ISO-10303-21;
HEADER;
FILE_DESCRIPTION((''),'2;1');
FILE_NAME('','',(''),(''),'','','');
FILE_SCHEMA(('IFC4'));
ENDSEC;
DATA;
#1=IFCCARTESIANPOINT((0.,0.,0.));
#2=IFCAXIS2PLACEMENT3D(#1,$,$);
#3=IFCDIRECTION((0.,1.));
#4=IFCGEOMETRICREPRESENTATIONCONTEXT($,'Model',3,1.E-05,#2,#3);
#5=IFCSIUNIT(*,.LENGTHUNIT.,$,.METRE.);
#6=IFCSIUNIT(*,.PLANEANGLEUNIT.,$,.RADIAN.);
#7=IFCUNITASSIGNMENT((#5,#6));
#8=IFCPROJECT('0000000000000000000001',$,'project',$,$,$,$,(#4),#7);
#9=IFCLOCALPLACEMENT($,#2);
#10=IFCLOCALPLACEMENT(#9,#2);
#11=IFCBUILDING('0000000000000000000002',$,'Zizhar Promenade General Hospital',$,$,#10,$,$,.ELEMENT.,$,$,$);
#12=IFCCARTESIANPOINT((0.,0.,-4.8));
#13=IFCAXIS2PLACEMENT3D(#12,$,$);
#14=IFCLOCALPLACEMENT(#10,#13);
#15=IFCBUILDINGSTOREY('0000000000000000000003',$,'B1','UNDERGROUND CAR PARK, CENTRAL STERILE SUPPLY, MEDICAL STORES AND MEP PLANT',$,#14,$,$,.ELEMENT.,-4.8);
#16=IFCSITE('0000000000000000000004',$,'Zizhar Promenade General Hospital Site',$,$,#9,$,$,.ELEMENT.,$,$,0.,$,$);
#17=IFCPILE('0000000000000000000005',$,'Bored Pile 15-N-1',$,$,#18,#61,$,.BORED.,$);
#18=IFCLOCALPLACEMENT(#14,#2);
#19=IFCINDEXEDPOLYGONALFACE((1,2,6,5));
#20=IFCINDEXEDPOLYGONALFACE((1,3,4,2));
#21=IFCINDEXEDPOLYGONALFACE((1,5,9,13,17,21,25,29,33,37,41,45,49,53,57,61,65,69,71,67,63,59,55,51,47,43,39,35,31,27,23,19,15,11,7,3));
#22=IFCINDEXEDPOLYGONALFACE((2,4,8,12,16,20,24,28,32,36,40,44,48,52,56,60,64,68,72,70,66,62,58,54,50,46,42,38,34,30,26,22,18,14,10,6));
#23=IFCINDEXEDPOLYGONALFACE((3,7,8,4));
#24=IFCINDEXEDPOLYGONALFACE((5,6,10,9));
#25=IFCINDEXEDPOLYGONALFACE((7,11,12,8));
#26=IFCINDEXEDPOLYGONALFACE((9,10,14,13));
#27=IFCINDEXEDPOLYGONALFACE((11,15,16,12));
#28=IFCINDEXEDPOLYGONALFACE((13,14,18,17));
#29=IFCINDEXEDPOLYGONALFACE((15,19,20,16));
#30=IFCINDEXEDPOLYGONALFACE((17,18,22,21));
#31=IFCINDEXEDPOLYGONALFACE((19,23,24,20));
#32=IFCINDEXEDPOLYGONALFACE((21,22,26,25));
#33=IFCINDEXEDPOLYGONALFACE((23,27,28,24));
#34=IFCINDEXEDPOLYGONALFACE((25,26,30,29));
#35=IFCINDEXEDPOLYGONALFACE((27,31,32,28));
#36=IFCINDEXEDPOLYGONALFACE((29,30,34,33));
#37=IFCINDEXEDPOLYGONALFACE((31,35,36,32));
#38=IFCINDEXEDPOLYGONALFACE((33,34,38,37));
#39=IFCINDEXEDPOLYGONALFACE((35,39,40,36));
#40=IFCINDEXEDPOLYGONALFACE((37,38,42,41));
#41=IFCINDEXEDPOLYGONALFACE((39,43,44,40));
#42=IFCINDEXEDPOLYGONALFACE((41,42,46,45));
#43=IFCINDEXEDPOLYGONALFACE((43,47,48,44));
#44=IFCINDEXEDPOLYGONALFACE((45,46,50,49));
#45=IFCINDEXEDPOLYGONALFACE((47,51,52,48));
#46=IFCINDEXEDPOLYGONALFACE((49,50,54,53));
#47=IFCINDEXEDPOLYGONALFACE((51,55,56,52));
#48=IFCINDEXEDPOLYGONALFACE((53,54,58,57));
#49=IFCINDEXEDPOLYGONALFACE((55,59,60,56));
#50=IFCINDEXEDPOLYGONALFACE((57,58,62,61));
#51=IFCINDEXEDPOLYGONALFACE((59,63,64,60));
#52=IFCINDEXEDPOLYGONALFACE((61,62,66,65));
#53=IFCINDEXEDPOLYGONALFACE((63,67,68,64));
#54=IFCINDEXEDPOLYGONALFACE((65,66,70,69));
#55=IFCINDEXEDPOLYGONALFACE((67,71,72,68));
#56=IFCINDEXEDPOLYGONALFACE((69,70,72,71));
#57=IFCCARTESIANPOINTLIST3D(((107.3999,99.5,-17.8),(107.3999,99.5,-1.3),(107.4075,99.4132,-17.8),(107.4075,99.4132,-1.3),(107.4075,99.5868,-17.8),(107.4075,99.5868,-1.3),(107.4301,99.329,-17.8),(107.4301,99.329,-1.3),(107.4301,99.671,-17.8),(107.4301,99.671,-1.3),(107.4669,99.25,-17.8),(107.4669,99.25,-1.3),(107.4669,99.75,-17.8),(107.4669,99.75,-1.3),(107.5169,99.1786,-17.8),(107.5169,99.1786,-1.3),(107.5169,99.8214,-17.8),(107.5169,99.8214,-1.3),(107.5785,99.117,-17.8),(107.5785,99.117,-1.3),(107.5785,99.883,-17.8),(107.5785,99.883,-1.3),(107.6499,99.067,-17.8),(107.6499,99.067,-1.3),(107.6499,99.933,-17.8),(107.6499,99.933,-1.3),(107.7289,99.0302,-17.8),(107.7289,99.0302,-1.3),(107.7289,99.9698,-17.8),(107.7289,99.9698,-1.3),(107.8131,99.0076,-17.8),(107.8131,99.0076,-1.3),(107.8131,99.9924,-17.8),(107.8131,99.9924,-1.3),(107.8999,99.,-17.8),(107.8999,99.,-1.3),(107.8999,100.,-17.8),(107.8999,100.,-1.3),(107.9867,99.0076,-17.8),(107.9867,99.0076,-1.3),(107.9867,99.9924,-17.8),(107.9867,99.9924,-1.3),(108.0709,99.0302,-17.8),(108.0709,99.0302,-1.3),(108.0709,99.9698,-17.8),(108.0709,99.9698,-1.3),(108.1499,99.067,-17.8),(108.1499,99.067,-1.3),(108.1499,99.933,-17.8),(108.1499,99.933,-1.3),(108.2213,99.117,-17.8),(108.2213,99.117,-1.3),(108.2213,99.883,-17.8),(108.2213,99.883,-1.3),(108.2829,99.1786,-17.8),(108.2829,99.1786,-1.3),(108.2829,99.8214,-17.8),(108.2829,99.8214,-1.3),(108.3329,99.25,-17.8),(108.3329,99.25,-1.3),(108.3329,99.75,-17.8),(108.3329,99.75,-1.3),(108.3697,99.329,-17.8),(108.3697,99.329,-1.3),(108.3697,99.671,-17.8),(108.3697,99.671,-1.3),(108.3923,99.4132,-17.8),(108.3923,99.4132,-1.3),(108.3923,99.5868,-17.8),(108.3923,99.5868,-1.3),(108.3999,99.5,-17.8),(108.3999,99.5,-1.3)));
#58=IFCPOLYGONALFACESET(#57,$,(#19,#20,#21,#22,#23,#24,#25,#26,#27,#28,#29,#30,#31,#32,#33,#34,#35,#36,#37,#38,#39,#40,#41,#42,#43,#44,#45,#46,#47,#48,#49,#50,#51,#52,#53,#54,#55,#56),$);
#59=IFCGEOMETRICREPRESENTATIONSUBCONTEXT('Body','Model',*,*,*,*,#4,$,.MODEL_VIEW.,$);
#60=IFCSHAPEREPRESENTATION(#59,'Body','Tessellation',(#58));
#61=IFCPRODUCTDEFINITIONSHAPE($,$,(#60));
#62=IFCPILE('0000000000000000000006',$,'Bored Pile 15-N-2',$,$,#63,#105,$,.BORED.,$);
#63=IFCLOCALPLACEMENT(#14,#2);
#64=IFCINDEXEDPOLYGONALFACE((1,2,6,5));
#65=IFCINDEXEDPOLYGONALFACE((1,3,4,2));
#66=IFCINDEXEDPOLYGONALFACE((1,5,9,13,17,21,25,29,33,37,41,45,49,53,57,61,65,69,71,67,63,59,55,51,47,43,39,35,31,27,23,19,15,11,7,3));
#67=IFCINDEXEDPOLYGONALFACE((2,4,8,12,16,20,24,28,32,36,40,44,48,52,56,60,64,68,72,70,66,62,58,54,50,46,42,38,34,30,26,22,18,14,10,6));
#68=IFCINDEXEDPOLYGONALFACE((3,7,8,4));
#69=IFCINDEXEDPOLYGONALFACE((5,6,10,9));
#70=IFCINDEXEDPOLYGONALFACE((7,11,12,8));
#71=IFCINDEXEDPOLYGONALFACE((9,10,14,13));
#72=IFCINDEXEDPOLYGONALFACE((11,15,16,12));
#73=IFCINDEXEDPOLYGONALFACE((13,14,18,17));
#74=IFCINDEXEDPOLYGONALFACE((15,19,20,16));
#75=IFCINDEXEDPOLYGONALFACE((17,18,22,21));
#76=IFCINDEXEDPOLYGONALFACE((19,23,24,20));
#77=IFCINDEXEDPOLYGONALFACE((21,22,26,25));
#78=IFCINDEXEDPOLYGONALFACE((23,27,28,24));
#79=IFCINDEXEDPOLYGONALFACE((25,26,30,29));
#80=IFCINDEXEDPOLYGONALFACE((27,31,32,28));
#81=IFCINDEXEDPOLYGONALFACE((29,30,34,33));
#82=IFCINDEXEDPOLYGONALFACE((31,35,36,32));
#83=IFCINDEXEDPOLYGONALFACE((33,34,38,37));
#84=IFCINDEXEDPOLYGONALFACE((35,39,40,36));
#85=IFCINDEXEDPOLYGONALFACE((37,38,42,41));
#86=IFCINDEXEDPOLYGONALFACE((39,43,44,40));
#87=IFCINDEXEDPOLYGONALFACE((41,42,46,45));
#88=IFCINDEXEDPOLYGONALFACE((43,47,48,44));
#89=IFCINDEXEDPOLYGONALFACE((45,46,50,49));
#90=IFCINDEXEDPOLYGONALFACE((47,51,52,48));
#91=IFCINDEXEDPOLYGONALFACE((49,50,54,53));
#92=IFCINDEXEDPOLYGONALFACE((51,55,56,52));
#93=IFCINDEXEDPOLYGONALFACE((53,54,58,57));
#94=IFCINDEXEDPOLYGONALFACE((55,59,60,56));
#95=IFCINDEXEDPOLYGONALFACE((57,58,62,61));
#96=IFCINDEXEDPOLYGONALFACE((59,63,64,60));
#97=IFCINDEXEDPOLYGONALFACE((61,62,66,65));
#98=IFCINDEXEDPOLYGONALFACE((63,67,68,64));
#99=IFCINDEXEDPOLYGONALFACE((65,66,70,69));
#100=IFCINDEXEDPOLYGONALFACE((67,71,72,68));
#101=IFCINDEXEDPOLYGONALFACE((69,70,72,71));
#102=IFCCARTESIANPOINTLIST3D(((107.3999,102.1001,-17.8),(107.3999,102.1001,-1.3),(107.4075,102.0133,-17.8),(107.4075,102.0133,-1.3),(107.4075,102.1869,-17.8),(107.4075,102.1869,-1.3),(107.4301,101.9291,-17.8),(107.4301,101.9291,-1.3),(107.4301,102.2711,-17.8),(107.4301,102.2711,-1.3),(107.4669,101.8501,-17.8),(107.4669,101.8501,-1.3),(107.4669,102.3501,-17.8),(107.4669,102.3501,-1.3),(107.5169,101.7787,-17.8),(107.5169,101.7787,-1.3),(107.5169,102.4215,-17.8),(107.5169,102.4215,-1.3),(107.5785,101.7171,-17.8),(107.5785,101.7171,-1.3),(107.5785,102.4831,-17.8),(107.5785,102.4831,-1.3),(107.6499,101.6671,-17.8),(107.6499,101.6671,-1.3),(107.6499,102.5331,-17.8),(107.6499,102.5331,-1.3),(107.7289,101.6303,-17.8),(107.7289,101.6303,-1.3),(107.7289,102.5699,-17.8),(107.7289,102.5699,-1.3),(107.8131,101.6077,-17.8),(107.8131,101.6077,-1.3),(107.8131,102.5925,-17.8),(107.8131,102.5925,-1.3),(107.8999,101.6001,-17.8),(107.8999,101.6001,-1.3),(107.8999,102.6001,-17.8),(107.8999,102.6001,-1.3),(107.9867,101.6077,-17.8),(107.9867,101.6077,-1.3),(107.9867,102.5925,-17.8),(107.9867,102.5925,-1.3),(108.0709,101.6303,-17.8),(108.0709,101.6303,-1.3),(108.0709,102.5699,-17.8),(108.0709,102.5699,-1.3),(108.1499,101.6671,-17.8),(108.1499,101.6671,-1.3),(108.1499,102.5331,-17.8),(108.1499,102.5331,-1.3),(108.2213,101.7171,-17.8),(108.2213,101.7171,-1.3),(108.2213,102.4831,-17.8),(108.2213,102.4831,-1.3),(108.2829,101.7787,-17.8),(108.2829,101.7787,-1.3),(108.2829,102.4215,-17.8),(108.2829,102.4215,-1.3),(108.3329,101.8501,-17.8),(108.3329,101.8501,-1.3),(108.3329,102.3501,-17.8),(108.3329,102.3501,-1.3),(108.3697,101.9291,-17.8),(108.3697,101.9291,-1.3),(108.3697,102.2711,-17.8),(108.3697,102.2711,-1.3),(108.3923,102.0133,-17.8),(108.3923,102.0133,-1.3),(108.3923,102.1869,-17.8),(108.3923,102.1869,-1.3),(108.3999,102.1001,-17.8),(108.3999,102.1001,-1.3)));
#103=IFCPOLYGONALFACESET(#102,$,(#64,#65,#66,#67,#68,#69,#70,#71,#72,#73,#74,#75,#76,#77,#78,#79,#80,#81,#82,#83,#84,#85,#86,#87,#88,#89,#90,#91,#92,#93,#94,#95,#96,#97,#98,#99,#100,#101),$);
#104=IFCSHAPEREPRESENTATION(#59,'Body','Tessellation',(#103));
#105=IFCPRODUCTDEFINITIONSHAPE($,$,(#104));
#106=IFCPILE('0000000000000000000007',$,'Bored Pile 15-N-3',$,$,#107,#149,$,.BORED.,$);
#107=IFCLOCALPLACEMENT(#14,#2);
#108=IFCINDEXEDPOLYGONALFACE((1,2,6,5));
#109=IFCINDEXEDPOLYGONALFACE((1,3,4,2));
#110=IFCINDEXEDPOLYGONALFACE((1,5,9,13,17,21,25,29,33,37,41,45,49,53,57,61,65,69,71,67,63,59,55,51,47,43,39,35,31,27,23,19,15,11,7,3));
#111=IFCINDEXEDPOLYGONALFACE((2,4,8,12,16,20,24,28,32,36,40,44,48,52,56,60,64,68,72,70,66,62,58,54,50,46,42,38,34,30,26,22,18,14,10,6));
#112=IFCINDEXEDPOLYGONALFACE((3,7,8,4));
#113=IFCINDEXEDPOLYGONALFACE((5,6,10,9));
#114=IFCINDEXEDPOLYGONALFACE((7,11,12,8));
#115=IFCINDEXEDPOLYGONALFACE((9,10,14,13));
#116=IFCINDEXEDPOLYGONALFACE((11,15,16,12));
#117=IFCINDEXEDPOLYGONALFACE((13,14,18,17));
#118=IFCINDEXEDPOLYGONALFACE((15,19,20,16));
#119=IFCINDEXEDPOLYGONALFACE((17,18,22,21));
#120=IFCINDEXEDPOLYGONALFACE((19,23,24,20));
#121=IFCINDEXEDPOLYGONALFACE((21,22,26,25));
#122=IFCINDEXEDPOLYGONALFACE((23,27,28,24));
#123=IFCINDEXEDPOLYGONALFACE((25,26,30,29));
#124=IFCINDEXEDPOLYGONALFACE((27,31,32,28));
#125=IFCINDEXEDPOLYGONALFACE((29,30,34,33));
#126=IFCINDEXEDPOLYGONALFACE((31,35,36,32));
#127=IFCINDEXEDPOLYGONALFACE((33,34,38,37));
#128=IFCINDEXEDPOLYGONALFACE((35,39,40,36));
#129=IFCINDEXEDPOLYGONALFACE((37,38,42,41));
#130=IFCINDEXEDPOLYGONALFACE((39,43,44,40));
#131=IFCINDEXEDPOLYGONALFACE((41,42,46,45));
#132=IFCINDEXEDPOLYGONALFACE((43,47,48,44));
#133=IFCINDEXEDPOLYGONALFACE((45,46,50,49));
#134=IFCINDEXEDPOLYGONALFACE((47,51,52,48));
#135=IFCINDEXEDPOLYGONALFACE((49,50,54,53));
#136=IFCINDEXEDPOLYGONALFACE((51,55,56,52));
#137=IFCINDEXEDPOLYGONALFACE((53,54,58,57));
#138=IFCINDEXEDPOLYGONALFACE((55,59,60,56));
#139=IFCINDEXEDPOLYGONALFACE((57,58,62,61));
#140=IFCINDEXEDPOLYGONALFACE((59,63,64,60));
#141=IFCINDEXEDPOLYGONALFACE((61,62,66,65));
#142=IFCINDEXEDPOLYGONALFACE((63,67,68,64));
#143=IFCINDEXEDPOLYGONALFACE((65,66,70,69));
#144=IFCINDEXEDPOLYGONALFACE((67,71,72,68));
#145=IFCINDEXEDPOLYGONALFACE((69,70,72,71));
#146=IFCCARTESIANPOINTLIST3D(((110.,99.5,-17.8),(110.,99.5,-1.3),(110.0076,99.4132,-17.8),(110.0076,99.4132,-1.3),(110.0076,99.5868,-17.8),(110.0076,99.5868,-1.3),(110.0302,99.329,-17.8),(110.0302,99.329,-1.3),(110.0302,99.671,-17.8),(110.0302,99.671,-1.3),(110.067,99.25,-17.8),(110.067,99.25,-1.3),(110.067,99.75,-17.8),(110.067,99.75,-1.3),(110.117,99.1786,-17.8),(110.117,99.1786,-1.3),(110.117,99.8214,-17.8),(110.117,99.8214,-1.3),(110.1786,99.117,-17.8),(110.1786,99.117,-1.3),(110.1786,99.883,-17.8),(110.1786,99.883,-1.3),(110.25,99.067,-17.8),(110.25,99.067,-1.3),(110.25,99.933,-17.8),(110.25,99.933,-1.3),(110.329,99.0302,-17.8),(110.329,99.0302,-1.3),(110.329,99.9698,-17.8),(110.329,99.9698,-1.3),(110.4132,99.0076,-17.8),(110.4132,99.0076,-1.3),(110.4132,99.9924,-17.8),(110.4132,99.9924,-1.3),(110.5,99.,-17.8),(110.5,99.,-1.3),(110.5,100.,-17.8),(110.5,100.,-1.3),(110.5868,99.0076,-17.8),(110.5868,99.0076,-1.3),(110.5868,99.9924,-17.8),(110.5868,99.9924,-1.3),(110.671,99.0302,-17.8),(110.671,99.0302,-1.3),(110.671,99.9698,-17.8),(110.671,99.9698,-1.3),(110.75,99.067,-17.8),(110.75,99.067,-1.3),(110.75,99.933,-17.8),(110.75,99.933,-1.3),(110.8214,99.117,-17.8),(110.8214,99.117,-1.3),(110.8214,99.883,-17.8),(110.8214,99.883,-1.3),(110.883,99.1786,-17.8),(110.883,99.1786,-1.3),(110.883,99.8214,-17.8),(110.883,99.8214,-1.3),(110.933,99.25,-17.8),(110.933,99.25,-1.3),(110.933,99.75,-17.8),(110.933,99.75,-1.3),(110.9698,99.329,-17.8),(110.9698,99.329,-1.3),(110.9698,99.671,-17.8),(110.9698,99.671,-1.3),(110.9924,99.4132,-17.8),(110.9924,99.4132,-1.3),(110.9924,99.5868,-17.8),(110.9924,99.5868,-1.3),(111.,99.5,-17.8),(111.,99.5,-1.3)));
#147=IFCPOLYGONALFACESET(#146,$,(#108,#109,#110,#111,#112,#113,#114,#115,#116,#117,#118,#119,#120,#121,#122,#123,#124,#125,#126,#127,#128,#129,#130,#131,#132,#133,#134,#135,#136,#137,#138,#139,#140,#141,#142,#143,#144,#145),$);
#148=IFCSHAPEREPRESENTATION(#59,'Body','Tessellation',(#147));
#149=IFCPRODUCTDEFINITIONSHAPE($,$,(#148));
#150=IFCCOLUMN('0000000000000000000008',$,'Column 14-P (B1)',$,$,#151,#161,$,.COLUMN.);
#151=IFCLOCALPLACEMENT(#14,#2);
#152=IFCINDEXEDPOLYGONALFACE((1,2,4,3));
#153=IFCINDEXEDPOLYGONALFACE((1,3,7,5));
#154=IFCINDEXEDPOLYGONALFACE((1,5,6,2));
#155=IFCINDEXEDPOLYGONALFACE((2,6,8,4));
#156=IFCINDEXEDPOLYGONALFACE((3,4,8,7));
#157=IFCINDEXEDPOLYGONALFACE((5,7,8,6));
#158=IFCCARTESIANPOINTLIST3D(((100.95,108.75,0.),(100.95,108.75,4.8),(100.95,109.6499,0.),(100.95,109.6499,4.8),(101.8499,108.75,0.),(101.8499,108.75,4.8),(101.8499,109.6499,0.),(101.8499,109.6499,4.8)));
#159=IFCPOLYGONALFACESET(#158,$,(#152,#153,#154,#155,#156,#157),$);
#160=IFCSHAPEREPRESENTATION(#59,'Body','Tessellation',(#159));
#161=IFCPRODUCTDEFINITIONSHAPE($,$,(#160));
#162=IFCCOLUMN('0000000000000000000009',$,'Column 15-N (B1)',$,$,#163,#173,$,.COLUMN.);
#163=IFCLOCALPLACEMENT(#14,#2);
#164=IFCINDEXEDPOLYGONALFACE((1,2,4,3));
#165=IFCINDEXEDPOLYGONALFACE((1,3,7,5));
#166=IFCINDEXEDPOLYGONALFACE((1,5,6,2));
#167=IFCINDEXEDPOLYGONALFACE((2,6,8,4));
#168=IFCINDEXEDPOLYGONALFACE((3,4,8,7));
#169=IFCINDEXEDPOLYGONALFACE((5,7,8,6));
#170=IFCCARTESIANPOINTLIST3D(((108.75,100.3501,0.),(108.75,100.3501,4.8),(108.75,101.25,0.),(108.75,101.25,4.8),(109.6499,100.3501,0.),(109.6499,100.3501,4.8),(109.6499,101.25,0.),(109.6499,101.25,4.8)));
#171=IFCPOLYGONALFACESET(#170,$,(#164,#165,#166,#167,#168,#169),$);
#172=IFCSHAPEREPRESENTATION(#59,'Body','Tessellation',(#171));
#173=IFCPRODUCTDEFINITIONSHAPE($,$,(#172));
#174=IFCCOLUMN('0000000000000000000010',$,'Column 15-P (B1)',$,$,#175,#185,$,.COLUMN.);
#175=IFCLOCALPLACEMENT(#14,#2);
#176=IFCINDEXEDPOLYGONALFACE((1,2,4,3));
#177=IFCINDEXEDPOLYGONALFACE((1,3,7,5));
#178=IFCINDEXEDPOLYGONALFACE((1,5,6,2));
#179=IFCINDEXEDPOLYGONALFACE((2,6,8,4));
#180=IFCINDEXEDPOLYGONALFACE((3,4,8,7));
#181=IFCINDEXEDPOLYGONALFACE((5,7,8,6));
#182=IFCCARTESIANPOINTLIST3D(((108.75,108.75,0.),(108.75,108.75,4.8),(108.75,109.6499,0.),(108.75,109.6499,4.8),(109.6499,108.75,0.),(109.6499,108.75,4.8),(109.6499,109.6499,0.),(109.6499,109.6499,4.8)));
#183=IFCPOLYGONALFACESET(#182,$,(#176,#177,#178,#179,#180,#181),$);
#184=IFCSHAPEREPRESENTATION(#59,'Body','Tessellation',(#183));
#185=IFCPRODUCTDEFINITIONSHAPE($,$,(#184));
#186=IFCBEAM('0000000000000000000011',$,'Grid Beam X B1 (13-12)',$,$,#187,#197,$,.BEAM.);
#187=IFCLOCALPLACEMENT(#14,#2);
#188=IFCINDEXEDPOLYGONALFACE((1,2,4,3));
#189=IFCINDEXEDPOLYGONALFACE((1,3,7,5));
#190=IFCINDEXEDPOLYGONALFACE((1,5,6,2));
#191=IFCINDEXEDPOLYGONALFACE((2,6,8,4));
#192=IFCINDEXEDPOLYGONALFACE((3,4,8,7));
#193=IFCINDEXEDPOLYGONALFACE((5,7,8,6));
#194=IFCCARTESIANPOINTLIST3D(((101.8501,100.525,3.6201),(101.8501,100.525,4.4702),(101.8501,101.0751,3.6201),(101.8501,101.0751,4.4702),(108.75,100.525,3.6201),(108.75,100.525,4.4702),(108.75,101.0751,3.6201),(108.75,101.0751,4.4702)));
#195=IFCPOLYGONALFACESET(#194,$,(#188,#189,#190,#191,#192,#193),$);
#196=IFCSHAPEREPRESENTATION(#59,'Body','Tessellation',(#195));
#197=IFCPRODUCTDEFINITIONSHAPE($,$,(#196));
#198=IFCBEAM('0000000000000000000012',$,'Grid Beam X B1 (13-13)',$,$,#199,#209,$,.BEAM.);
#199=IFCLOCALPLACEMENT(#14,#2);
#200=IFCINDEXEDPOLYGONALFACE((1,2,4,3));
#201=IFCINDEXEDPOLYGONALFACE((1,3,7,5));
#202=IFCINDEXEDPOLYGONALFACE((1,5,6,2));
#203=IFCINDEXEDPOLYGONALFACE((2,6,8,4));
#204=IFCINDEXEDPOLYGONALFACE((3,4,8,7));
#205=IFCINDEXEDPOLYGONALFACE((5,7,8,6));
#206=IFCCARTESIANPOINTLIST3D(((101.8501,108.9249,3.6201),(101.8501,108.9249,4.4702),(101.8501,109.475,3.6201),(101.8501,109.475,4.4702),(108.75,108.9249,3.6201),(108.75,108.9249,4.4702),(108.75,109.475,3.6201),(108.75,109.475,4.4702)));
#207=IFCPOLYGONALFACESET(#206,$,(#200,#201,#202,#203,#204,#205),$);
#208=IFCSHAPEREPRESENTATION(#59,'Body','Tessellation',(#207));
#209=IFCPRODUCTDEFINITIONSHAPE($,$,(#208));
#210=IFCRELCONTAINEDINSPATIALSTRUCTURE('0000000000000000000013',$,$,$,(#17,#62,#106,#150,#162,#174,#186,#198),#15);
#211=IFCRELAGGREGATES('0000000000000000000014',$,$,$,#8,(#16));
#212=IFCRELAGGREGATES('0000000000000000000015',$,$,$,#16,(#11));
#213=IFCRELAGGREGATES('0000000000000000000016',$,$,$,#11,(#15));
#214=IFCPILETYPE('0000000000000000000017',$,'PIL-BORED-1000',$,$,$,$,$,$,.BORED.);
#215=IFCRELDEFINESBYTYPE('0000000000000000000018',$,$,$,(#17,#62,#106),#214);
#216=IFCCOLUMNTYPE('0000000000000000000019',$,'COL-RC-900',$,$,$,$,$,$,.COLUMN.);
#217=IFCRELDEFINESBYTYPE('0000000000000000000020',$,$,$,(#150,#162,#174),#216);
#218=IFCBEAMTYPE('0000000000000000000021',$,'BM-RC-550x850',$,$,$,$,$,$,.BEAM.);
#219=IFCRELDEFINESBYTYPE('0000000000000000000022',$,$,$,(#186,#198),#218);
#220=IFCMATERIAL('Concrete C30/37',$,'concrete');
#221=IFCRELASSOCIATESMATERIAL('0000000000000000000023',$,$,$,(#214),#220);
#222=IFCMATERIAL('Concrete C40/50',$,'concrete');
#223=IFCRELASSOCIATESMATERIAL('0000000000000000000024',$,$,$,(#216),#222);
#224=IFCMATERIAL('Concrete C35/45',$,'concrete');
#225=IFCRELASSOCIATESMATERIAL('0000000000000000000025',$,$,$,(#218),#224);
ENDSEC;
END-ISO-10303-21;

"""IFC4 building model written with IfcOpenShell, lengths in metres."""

from ifc_helpers import new_model, si_unit, direction, frame, origin, origin_2d, place, context, subcontext, project, spatial, rectangle, circle, extrude, material, material_profile, profile_set, type_object, element, save


model = new_model("IFC4")

# Units and contexts
model_context = context("Model", 3, precision=1e-05, world=origin(), true_north=direction((0.0, 1.0)))
body_context = subcontext(model_context, "Body", "Model", "MODEL_VIEW")
ifc_project = project(units=[si_unit("LENGTHUNIT", "METRE"), si_unit("PLANEANGLEUNIT", "RADIAN")], contexts=[model_context])

# Site, building, storey
site_placement = place(None, origin())
site = spatial("IfcSite", under=ifc_project, at=site_placement, Name="Zizhar Promenade General Hospital Site", CompositionType="ELEMENT", RefElevation=0.0)
building_placement = place(site_placement, origin())
building = spatial("IfcBuilding", under=site, at=building_placement, Name="Zizhar Promenade General Hospital", CompositionType="ELEMENT")
storey_placement = place(building_placement, frame((0.0, 0.0, -4.8)))
storey = spatial("IfcBuildingStorey", under=building, at=storey_placement, Name="B1", Description="UNDERGROUND CAR PARK, CENTRAL STERILE SUPPLY, MEDICAL STORES AND MEP PLANT", CompositionType="ELEMENT", Elevation=-4.8)

# Piles
ifc_material_1 = material(Name="Concrete C30/37", Category="concrete")
ifc_material_profile_1 = material_profile(ifc_material_1, circle(Radius=0.5, at=origin_2d()))
ifc_profile_set_1 = profile_set([ifc_material_profile_1], Name="Concrete C30/37")
pile_type = type_object("IfcPileType", Name="PIL-BORED-1000", PredefinedType="BORED", material=ifc_profile_set_1)
for number, where, z_axis, x_axis, name in (
    (1, (107.8999, 99.5, -1.3), (0.0, 0.0, -1.0), (1.0, 0.0, 0.0), "Bored Pile 15-N-1"),
    (2, (107.8999, 102.1001, -1.3), (0.0, 0.0, -1.0), (1.0, 0.0, 0.0), "Bored Pile 15-N-2"),
    (3, (110.5, 99.5, -1.3), (0.0, 0.0, -1.0), (1.0, 0.0, 0.0), "Bored Pile 15-N-3"),
):
    element("IfcPile", number, at=place(storey_placement, frame(where, z_axis=z_axis, x_axis=x_axis)), inside=storey, type_object=pile_type, Name=name, PredefinedType="BORED", context=body_context, shape_type="SweptSolid", body=[
        extrude(circle(Radius=0.5, at=origin_2d()), origin(), (0.0, 0.0, 1.0), 16.5),
    ])

# Columns
ifc_material_2 = material(Name="Concrete C40/50", Category="concrete")
ifc_material_profile_2 = material_profile(ifc_material_2, rectangle(XDim=0.8999, YDim=0.8999, at=origin_2d()))
ifc_profile_set_2 = profile_set([ifc_material_profile_2], Name="Concrete C40/50")
column_type = type_object("IfcColumnType", Name="COL-RC-900", PredefinedType="COLUMN", material=ifc_profile_set_2)
for number, where, z_axis, x_axis, name in (
    (4, (101.3999, 109.2, 0.0), (0.0, 0.0, 1.0), (1.0, 0.0, 0.0), "Column 14-P (B1)"),
    (5, (109.2, 100.8, 0.0), (0.0, 0.0, 1.0), (1.0, 0.0, 0.0), "Column 15-N (B1)"),
    (6, (109.2, 109.2, 0.0), (0.0, 0.0, 1.0), (1.0, 0.0, 0.0), "Column 15-P (B1)"),
):
    element("IfcColumn", number, at=place(storey_placement, frame(where, z_axis=z_axis, x_axis=x_axis)), inside=storey, type_object=column_type, Name=name, PredefinedType="COLUMN", context=body_context, shape_type="SweptSolid", body=[
        extrude(rectangle(XDim=0.8999, YDim=0.8999, at=origin_2d()), origin(), (0.0, 0.0, 1.0), 4.8),
    ])

# Beams
ifc_material_3 = material(Name="Concrete C35/45", Category="concrete")
ifc_material_profile_3 = material_profile(ifc_material_3, rectangle(XDim=0.55, YDim=0.8501, at=origin_2d()))
ifc_profile_set_3 = profile_set([ifc_material_profile_3], Name="Concrete C35/45")
beam_type_1 = type_object("IfcBeamType", Name="BM-RC-550x850", PredefinedType="BEAM", material=ifc_profile_set_3)
for number, where, z_axis, x_axis, name in (
    (7, (101.8501, 100.8, 4.0452), (1.0, 0.0, 0.0), (0.0, 1.0, 0.0), "Grid Beam X B1 (13-12)"),
    (8, (101.8501, 109.2, 4.0452), (1.0, 0.0, 0.0), (0.0, 1.0, 0.0), "Grid Beam X B1 (13-13)"),
):
    element("IfcBeam", number, at=place(storey_placement, frame(where, z_axis=z_axis, x_axis=x_axis)), inside=storey, type_object=beam_type_1, Name=name, PredefinedType="BEAM", context=body_context, shape_type="SweptSolid", body=[
        extrude(rectangle(XDim=0.55, YDim=0.8501, at=origin_2d()), origin(), (0.0, 0.0, 1.0), 6.8999),
    ])

save(model, "model.ifc")
